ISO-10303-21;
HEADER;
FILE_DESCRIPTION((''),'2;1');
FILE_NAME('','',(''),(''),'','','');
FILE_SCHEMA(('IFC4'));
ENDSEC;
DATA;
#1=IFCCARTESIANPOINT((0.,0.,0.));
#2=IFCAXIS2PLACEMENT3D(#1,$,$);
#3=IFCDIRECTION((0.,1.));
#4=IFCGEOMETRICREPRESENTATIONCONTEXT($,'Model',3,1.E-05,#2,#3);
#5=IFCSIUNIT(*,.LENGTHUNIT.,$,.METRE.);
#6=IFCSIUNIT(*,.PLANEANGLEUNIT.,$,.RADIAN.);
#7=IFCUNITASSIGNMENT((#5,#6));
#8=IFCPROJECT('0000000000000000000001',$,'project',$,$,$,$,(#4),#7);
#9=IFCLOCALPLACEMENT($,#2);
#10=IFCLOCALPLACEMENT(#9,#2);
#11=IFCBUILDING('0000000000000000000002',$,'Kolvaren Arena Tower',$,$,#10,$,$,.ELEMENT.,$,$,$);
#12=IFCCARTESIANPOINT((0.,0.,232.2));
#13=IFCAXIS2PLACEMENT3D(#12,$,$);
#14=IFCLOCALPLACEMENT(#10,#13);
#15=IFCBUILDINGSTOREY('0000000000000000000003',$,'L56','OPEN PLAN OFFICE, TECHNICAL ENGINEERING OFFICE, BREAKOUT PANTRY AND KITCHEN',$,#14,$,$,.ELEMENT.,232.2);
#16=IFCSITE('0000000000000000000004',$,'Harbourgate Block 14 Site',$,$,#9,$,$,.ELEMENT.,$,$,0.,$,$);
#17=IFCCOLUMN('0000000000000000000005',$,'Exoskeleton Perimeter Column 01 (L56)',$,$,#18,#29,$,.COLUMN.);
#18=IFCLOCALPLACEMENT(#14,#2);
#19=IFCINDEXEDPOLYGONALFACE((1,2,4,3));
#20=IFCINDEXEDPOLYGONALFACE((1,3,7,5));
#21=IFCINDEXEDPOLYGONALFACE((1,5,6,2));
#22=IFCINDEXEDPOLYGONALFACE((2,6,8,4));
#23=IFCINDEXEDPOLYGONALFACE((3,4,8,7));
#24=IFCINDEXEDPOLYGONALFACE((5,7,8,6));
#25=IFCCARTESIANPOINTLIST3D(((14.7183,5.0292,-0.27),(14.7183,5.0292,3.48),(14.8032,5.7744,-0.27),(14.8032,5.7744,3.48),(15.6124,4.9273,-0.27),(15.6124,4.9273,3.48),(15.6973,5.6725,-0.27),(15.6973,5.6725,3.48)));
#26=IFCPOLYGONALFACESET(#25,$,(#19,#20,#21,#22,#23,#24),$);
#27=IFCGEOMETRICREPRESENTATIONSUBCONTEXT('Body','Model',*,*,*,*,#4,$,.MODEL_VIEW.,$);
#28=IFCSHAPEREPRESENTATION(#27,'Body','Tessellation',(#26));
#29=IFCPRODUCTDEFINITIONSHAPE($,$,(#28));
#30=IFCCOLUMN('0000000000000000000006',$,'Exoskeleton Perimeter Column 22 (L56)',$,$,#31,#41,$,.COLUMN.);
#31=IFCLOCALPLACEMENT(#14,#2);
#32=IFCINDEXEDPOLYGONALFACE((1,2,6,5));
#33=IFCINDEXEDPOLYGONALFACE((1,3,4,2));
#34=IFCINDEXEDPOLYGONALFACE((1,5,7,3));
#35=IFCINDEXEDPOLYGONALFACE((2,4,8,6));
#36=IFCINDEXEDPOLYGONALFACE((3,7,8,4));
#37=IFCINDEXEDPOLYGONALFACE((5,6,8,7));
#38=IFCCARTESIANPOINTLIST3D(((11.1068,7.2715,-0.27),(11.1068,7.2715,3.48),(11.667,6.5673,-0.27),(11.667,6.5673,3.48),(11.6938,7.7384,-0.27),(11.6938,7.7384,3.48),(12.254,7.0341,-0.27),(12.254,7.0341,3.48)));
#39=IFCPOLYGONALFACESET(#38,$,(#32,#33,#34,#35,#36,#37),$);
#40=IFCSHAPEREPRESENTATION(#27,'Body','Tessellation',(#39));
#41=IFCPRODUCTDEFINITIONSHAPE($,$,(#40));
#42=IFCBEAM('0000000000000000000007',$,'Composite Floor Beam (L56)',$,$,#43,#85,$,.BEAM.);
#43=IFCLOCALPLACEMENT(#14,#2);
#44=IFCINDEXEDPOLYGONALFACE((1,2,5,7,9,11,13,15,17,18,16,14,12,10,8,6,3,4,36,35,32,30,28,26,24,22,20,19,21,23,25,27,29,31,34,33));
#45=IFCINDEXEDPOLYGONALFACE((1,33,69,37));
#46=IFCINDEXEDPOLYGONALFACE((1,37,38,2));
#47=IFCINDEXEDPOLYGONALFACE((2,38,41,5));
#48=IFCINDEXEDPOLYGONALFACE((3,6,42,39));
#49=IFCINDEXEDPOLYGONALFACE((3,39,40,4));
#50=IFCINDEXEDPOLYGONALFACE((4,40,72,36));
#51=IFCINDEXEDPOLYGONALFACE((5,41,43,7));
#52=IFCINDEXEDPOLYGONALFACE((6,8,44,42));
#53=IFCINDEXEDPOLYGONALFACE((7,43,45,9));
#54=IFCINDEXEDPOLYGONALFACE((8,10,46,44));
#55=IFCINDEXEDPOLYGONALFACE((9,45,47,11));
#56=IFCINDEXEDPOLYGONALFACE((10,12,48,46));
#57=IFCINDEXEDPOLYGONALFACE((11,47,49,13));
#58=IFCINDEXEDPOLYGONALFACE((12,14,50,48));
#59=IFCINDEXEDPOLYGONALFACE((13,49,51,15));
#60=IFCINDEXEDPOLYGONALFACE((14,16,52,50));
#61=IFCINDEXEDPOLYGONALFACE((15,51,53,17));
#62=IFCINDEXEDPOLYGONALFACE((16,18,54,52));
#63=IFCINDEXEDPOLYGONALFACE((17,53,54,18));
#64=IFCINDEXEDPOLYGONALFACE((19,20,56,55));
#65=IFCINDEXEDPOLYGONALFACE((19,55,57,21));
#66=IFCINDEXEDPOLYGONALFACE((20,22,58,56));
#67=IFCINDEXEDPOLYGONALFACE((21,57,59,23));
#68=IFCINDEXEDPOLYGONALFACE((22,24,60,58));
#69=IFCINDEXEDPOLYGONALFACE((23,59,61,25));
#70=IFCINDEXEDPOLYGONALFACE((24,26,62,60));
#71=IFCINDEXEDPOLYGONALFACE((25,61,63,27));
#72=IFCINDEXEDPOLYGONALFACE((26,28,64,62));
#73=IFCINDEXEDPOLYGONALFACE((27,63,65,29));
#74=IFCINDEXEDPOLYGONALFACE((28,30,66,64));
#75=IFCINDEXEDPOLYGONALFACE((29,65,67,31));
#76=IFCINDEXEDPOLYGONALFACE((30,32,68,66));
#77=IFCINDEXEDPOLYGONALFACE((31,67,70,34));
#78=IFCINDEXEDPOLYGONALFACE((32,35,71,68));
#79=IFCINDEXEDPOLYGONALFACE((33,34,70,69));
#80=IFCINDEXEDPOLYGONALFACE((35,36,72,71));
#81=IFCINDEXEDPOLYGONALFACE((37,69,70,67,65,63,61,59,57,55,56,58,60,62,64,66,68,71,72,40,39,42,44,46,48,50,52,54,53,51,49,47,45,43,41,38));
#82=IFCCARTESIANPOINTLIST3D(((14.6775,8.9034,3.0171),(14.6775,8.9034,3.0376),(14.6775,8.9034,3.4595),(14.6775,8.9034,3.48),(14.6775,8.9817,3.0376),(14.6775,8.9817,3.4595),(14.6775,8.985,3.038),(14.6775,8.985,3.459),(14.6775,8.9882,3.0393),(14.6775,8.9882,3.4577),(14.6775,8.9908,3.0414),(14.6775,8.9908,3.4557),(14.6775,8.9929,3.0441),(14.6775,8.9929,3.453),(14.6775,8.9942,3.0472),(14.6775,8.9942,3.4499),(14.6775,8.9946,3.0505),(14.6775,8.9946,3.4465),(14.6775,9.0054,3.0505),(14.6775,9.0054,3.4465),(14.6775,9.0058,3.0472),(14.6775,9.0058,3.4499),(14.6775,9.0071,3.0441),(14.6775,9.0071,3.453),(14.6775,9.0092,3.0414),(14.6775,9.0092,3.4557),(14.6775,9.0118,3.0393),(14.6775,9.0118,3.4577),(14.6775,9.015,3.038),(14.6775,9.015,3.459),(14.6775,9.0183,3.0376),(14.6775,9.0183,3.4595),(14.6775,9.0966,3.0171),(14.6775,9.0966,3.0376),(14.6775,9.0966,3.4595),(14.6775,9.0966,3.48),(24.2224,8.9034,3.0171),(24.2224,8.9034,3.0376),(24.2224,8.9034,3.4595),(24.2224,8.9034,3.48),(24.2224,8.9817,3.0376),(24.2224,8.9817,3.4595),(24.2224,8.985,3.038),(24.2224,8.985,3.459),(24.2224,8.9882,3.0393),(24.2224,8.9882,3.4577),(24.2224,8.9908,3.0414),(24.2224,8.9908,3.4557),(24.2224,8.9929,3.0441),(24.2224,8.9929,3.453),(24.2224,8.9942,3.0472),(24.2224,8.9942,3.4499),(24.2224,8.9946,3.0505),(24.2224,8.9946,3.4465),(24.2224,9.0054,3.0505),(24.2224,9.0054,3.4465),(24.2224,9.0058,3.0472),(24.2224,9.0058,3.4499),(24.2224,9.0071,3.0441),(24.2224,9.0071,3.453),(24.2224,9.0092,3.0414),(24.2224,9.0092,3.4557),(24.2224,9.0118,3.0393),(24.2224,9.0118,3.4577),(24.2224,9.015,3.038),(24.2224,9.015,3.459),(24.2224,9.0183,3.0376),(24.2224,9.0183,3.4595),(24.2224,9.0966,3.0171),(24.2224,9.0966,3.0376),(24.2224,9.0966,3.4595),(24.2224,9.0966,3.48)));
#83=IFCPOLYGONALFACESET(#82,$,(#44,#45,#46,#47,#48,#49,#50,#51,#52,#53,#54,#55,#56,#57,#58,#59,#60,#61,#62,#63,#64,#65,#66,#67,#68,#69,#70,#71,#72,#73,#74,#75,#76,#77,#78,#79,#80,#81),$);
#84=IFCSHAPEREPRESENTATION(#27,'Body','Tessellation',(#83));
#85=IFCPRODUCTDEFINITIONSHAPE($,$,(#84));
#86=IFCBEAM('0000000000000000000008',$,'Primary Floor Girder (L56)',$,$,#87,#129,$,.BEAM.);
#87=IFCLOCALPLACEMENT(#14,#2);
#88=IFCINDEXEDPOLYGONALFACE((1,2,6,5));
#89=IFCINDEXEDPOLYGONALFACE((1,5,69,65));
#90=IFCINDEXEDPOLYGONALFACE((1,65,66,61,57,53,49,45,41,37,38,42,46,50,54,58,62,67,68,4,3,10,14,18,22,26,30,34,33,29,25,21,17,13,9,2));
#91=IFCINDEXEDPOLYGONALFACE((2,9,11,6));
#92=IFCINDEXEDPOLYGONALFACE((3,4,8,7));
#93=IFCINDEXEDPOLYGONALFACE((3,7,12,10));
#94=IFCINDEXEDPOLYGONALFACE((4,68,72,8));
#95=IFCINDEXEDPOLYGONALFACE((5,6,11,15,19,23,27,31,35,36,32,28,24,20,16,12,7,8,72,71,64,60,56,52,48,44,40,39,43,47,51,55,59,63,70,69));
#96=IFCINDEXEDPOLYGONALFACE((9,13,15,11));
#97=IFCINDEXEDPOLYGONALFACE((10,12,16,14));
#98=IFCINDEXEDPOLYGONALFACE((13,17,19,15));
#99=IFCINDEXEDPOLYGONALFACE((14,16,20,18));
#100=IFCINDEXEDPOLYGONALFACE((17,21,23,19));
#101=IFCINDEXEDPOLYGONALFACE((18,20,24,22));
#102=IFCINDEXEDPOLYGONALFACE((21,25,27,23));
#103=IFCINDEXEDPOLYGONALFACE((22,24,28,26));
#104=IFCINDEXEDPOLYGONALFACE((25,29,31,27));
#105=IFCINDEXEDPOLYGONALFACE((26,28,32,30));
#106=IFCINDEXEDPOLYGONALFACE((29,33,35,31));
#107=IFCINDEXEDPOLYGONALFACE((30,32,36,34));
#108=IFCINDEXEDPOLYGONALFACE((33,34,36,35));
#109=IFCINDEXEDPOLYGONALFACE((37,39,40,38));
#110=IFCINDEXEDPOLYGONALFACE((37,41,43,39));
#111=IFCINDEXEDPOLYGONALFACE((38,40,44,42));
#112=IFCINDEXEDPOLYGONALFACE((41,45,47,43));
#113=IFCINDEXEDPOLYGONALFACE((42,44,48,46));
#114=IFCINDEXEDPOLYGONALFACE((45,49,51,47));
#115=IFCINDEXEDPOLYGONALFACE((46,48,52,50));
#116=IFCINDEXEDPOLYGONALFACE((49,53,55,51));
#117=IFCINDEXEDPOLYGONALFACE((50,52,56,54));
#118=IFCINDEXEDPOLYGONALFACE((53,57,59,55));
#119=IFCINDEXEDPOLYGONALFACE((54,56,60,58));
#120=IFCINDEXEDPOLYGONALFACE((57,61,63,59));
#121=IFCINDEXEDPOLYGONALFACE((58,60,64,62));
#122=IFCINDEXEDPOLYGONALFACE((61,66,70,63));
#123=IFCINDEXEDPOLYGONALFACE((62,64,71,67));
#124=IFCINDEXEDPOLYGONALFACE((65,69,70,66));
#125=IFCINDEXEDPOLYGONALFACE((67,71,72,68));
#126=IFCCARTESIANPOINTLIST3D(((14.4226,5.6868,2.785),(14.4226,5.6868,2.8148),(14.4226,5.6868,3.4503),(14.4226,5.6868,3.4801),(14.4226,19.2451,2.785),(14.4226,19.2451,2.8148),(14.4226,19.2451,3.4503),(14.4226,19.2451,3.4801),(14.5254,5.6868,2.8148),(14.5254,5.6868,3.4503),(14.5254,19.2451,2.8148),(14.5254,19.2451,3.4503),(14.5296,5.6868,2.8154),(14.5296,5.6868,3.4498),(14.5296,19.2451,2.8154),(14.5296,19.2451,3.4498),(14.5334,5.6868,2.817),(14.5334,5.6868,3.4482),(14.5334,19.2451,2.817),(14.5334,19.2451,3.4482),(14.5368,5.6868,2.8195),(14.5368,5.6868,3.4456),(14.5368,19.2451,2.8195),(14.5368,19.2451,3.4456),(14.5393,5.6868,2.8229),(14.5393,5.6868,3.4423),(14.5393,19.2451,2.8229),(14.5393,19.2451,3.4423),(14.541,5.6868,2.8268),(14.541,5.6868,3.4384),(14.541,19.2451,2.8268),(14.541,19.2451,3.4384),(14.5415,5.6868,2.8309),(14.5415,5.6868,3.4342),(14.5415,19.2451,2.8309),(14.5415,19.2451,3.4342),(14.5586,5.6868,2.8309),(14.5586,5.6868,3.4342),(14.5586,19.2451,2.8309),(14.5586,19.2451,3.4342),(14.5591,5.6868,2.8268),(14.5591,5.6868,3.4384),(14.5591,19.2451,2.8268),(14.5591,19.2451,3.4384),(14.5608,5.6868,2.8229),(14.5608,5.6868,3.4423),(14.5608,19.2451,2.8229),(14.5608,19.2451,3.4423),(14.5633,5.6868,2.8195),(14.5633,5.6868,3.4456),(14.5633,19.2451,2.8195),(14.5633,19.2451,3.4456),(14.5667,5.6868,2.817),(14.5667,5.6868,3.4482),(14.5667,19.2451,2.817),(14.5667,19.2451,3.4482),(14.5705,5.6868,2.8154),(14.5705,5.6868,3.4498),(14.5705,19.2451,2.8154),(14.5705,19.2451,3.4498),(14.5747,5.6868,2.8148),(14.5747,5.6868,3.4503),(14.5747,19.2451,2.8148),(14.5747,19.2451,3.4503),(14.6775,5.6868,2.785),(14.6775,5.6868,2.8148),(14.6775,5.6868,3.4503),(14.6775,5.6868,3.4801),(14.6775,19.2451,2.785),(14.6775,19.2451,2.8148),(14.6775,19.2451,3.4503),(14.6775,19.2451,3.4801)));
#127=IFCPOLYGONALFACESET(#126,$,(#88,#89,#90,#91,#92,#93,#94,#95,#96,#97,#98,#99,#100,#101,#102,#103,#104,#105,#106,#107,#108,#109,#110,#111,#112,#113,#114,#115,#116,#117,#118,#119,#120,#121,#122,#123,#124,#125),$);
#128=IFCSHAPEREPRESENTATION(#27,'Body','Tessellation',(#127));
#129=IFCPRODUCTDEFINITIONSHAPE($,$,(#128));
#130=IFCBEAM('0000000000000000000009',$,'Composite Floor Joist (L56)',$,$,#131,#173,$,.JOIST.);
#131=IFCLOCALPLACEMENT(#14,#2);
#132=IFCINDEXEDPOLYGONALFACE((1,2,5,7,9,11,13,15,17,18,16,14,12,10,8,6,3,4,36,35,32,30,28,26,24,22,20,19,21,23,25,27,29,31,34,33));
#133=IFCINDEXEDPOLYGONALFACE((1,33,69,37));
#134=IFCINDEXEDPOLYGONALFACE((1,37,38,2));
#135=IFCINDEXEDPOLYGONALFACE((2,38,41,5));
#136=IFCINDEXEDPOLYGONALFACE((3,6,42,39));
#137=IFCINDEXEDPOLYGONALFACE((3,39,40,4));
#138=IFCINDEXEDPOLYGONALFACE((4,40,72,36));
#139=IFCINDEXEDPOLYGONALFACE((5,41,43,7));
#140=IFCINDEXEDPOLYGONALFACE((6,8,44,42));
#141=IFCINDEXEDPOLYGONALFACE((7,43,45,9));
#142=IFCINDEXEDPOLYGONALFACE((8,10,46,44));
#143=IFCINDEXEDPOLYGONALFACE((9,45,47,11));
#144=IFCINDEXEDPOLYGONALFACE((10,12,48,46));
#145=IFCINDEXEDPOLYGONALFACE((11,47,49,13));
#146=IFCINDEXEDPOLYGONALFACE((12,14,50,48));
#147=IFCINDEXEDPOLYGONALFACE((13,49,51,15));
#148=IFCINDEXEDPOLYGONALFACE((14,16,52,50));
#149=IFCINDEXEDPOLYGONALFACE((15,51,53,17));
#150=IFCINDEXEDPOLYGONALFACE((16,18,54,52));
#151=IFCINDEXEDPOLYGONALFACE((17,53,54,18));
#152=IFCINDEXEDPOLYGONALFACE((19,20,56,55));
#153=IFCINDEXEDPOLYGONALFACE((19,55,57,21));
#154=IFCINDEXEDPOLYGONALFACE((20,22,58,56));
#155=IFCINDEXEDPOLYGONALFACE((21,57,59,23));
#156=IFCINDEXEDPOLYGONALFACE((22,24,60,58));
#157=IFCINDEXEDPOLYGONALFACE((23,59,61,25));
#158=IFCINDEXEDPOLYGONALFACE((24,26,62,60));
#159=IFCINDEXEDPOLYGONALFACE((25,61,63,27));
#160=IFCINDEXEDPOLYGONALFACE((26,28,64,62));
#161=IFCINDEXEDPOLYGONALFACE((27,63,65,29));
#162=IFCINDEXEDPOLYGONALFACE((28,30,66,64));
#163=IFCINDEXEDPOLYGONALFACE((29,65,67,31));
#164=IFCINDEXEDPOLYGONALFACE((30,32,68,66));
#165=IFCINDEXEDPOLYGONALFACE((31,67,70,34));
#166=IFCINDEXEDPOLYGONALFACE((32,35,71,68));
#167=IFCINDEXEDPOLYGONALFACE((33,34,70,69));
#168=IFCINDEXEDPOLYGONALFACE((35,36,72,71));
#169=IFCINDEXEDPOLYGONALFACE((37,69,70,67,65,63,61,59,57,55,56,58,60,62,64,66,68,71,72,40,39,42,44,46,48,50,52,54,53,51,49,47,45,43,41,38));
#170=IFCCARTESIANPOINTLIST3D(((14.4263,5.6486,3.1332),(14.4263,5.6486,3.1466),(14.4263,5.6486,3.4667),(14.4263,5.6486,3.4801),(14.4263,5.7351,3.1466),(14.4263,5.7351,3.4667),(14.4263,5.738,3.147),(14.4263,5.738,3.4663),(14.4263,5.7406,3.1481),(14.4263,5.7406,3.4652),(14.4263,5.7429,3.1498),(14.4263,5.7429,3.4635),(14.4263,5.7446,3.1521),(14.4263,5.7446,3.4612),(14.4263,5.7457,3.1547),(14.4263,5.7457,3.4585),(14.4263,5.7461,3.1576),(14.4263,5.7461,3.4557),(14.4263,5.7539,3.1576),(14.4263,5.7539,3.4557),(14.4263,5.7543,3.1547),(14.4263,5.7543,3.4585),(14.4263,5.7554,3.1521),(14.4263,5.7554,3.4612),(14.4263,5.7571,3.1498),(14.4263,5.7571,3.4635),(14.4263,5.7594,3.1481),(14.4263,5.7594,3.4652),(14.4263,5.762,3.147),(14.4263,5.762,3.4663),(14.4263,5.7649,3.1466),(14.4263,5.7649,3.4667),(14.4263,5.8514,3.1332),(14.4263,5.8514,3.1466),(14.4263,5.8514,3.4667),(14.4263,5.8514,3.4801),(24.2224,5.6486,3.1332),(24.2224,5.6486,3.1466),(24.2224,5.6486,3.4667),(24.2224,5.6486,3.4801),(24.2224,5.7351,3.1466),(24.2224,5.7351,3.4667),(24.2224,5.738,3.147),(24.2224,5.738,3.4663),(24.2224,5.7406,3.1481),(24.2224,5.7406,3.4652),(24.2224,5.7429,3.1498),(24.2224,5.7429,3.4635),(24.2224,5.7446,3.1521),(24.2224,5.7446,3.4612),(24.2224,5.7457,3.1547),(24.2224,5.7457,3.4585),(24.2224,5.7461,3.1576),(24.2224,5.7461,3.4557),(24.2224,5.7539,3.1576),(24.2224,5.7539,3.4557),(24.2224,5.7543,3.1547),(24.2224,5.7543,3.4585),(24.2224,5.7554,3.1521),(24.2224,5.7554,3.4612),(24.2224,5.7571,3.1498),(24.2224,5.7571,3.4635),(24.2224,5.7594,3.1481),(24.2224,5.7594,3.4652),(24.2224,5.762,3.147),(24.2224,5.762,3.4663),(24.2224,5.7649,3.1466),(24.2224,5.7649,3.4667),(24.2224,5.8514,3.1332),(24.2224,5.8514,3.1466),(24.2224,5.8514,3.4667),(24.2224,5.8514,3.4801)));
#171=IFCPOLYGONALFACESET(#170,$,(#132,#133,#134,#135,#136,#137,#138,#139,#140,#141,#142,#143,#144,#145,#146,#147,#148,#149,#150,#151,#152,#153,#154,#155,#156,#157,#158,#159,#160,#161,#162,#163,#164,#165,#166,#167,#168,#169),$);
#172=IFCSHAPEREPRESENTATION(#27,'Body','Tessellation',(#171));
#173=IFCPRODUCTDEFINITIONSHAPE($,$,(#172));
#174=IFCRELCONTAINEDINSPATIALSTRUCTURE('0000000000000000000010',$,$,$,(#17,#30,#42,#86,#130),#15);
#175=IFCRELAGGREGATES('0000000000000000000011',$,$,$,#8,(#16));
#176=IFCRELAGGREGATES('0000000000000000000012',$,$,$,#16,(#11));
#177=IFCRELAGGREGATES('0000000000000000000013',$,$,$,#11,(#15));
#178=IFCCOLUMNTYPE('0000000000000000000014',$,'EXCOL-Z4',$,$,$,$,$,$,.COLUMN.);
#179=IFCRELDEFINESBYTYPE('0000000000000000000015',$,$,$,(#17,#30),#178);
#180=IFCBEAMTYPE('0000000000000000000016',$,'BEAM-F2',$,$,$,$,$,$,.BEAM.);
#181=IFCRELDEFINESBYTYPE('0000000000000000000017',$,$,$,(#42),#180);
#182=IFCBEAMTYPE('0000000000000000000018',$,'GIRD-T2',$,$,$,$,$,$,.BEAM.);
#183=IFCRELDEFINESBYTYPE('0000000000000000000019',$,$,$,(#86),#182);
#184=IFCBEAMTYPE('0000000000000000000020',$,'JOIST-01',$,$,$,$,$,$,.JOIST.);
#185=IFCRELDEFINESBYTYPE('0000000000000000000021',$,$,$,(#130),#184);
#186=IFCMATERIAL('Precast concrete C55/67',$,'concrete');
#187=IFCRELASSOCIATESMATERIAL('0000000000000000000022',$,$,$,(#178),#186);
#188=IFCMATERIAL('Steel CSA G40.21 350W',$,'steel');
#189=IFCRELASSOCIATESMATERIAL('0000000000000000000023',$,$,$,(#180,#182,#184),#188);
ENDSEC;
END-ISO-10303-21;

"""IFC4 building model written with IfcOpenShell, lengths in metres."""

from ifc_helpers import new_model, si_unit, direction, frame, origin, origin_2d, place, context, subcontext, project, spatial, rectangle, i_section, extrude, material, material_profile, profile_set, type_object, element, save


model = new_model("IFC4")

# Units and contexts
model_context = context("Model", 3, precision=1e-05, world=origin(), true_north=direction((0.0, 1.0)))
body_context = subcontext(model_context, "Body", "Model", "MODEL_VIEW")
ifc_project = project(units=[si_unit("LENGTHUNIT", "METRE"), si_unit("PLANEANGLEUNIT", "RADIAN")], contexts=[model_context])

# Site, building, storey
site_placement = place(None, origin())
site = spatial("IfcSite", under=ifc_project, at=site_placement, Name="Harbourgate Block 14 Site", CompositionType="ELEMENT", RefElevation=0.0)
building_placement = place(site_placement, origin())
building = spatial("IfcBuilding", under=site, at=building_placement, Name="Kolvaren Arena Tower", CompositionType="ELEMENT")
storey_placement = place(building_placement, frame((0.0, 0.0, 232.2)))
storey = spatial("IfcBuildingStorey", under=building, at=storey_placement, Name="L56", Description="OPEN PLAN OFFICE, TECHNICAL ENGINEERING OFFICE, BREAKOUT PANTRY AND KITCHEN", CompositionType="ELEMENT", Elevation=232.2)

# Columns
ifc_material_1 = material(Name="Precast concrete C55/67", Category="concrete")
ifc_material_profile_1 = material_profile(ifc_material_1, rectangle(XDim=0.8999, YDim=0.75, at=origin_2d()), Name="RC-900x750")
ifc_profile_set_1 = profile_set([ifc_material_profile_1], Name="Precast concrete C55/67")
column_type = type_object("IfcColumnType", Name="EXCOL-Z4", PredefinedType="COLUMN", material=ifc_profile_set_1)
for number, where, z_axis, x_axis, name in (
    (1, (15.2078, 5.3508, -0.27), (0.0, 0.0, 1.0), (0.993572, -0.113203, 0.0), "Exoskeleton Perimeter Column 01 (L56)"),
    (2, (11.6804, 7.1528, -0.27), (0.0, 0.0, 1.0), (-0.622515, 0.782608, 0.0), "Exoskeleton Perimeter Column 22 (L56)"),
):
    element("IfcColumn", number, at=place(storey_placement, frame(where, z_axis=z_axis, x_axis=x_axis)), inside=storey, type_object=column_type, Name=name, PredefinedType="COLUMN", context=body_context, shape_type="SweptSolid", body=[
        extrude(rectangle(XDim=0.8999, YDim=0.75, at=origin_2d()), origin(), (0.0, 0.0, 1.0), 3.75),
    ])

# Beams
ifc_material_2 = material(Name="Steel CSA G40.21 350W", Category="steel")
ifc_material_profile_2 = material_profile(ifc_material_2, i_section(OverallWidth=0.1931, OverallDepth=0.4629, WebThickness=0.0107, FlangeThickness=0.0205, FilletRadius=0.0129, at=origin_2d()), Name="W460x113")
ifc_profile_set_2 = profile_set([ifc_material_profile_2], Name="Steel CSA G40.21 350W")
beam_type_1 = type_object("IfcBeamType", Name="BEAM-F2", PredefinedType="BEAM", material=ifc_profile_set_2)
beam_1_placement = place(storey_placement, frame((14.6775, 9.0, 3.2485), z_axis=(1.0, 0.0, 0.0), x_axis=(0.0, 1.0, 0.0)))
element("IfcBeam", 3, at=beam_1_placement, inside=storey, type_object=beam_type_1, Name="Composite Floor Beam (L56)", PredefinedType="BEAM", context=body_context, shape_type="SweptSolid", body=[
    extrude(i_section(OverallWidth=0.1931, OverallDepth=0.4629, WebThickness=0.0107, FlangeThickness=0.0205, FilletRadius=0.0129, at=origin_2d()), origin(), (0.0, 0.0, 1.0), 9.5449),
])
ifc_material_profile_3 = material_profile(ifc_material_2, i_section(OverallWidth=0.2549, OverallDepth=0.6951, WebThickness=0.0171, FlangeThickness=0.0298, FilletRadius=0.0161, at=origin_2d()), Name="W690x217")
ifc_profile_set_3 = profile_set([ifc_material_profile_3], Name="Steel CSA G40.21 350W")
beam_type_2 = type_object("IfcBeamType", Name="GIRD-T2", PredefinedType="BEAM", material=ifc_profile_set_3)
beam_2_placement = place(storey_placement, frame((14.55, 5.6868, 3.1326), z_axis=(0.0, 1.0, 0.0), x_axis=(-1.0, 0.0, 0.0)))
element("IfcBeam", 4, at=beam_2_placement, inside=storey, type_object=beam_type_2, Name="Primary Floor Girder (L56)", PredefinedType="BEAM", context=body_context, shape_type="SweptSolid", body=[
    extrude(i_section(OverallWidth=0.2549, OverallDepth=0.6951, WebThickness=0.0171, FlangeThickness=0.0298, FilletRadius=0.0161, at=origin_2d()), origin(), (0.0, 0.0, 1.0), 13.5583),
])
ifc_material_profile_4 = material_profile(ifc_material_2, i_section(OverallWidth=0.2029, OverallDepth=0.3469, WebThickness=0.0078, FlangeThickness=0.0134, FilletRadius=0.011, at=origin_2d()), Name="W360x64")
ifc_profile_set_4 = profile_set([ifc_material_profile_4], Name="Steel CSA G40.21 350W")
beam_type_3 = type_object("IfcBeamType", Name="JOIST-01", PredefinedType="JOIST", material=ifc_profile_set_4)
beam_3_placement = place(storey_placement, frame((14.4263, 5.75, 3.3066), z_axis=(1.0, 0.0, 0.0), x_axis=(0.0, 1.0, 0.0)))
element("IfcBeam", 5, at=beam_3_placement, inside=storey, type_object=beam_type_3, Name="Composite Floor Joist (L56)", PredefinedType="JOIST", context=body_context, shape_type="SweptSolid", body=[
    extrude(i_section(OverallWidth=0.2029, OverallDepth=0.3469, WebThickness=0.0078, FlangeThickness=0.0134, FilletRadius=0.011, at=origin_2d()), origin(), (0.0, 0.0, 1.0), 9.7961),
])

save(model, "model.ifc")
